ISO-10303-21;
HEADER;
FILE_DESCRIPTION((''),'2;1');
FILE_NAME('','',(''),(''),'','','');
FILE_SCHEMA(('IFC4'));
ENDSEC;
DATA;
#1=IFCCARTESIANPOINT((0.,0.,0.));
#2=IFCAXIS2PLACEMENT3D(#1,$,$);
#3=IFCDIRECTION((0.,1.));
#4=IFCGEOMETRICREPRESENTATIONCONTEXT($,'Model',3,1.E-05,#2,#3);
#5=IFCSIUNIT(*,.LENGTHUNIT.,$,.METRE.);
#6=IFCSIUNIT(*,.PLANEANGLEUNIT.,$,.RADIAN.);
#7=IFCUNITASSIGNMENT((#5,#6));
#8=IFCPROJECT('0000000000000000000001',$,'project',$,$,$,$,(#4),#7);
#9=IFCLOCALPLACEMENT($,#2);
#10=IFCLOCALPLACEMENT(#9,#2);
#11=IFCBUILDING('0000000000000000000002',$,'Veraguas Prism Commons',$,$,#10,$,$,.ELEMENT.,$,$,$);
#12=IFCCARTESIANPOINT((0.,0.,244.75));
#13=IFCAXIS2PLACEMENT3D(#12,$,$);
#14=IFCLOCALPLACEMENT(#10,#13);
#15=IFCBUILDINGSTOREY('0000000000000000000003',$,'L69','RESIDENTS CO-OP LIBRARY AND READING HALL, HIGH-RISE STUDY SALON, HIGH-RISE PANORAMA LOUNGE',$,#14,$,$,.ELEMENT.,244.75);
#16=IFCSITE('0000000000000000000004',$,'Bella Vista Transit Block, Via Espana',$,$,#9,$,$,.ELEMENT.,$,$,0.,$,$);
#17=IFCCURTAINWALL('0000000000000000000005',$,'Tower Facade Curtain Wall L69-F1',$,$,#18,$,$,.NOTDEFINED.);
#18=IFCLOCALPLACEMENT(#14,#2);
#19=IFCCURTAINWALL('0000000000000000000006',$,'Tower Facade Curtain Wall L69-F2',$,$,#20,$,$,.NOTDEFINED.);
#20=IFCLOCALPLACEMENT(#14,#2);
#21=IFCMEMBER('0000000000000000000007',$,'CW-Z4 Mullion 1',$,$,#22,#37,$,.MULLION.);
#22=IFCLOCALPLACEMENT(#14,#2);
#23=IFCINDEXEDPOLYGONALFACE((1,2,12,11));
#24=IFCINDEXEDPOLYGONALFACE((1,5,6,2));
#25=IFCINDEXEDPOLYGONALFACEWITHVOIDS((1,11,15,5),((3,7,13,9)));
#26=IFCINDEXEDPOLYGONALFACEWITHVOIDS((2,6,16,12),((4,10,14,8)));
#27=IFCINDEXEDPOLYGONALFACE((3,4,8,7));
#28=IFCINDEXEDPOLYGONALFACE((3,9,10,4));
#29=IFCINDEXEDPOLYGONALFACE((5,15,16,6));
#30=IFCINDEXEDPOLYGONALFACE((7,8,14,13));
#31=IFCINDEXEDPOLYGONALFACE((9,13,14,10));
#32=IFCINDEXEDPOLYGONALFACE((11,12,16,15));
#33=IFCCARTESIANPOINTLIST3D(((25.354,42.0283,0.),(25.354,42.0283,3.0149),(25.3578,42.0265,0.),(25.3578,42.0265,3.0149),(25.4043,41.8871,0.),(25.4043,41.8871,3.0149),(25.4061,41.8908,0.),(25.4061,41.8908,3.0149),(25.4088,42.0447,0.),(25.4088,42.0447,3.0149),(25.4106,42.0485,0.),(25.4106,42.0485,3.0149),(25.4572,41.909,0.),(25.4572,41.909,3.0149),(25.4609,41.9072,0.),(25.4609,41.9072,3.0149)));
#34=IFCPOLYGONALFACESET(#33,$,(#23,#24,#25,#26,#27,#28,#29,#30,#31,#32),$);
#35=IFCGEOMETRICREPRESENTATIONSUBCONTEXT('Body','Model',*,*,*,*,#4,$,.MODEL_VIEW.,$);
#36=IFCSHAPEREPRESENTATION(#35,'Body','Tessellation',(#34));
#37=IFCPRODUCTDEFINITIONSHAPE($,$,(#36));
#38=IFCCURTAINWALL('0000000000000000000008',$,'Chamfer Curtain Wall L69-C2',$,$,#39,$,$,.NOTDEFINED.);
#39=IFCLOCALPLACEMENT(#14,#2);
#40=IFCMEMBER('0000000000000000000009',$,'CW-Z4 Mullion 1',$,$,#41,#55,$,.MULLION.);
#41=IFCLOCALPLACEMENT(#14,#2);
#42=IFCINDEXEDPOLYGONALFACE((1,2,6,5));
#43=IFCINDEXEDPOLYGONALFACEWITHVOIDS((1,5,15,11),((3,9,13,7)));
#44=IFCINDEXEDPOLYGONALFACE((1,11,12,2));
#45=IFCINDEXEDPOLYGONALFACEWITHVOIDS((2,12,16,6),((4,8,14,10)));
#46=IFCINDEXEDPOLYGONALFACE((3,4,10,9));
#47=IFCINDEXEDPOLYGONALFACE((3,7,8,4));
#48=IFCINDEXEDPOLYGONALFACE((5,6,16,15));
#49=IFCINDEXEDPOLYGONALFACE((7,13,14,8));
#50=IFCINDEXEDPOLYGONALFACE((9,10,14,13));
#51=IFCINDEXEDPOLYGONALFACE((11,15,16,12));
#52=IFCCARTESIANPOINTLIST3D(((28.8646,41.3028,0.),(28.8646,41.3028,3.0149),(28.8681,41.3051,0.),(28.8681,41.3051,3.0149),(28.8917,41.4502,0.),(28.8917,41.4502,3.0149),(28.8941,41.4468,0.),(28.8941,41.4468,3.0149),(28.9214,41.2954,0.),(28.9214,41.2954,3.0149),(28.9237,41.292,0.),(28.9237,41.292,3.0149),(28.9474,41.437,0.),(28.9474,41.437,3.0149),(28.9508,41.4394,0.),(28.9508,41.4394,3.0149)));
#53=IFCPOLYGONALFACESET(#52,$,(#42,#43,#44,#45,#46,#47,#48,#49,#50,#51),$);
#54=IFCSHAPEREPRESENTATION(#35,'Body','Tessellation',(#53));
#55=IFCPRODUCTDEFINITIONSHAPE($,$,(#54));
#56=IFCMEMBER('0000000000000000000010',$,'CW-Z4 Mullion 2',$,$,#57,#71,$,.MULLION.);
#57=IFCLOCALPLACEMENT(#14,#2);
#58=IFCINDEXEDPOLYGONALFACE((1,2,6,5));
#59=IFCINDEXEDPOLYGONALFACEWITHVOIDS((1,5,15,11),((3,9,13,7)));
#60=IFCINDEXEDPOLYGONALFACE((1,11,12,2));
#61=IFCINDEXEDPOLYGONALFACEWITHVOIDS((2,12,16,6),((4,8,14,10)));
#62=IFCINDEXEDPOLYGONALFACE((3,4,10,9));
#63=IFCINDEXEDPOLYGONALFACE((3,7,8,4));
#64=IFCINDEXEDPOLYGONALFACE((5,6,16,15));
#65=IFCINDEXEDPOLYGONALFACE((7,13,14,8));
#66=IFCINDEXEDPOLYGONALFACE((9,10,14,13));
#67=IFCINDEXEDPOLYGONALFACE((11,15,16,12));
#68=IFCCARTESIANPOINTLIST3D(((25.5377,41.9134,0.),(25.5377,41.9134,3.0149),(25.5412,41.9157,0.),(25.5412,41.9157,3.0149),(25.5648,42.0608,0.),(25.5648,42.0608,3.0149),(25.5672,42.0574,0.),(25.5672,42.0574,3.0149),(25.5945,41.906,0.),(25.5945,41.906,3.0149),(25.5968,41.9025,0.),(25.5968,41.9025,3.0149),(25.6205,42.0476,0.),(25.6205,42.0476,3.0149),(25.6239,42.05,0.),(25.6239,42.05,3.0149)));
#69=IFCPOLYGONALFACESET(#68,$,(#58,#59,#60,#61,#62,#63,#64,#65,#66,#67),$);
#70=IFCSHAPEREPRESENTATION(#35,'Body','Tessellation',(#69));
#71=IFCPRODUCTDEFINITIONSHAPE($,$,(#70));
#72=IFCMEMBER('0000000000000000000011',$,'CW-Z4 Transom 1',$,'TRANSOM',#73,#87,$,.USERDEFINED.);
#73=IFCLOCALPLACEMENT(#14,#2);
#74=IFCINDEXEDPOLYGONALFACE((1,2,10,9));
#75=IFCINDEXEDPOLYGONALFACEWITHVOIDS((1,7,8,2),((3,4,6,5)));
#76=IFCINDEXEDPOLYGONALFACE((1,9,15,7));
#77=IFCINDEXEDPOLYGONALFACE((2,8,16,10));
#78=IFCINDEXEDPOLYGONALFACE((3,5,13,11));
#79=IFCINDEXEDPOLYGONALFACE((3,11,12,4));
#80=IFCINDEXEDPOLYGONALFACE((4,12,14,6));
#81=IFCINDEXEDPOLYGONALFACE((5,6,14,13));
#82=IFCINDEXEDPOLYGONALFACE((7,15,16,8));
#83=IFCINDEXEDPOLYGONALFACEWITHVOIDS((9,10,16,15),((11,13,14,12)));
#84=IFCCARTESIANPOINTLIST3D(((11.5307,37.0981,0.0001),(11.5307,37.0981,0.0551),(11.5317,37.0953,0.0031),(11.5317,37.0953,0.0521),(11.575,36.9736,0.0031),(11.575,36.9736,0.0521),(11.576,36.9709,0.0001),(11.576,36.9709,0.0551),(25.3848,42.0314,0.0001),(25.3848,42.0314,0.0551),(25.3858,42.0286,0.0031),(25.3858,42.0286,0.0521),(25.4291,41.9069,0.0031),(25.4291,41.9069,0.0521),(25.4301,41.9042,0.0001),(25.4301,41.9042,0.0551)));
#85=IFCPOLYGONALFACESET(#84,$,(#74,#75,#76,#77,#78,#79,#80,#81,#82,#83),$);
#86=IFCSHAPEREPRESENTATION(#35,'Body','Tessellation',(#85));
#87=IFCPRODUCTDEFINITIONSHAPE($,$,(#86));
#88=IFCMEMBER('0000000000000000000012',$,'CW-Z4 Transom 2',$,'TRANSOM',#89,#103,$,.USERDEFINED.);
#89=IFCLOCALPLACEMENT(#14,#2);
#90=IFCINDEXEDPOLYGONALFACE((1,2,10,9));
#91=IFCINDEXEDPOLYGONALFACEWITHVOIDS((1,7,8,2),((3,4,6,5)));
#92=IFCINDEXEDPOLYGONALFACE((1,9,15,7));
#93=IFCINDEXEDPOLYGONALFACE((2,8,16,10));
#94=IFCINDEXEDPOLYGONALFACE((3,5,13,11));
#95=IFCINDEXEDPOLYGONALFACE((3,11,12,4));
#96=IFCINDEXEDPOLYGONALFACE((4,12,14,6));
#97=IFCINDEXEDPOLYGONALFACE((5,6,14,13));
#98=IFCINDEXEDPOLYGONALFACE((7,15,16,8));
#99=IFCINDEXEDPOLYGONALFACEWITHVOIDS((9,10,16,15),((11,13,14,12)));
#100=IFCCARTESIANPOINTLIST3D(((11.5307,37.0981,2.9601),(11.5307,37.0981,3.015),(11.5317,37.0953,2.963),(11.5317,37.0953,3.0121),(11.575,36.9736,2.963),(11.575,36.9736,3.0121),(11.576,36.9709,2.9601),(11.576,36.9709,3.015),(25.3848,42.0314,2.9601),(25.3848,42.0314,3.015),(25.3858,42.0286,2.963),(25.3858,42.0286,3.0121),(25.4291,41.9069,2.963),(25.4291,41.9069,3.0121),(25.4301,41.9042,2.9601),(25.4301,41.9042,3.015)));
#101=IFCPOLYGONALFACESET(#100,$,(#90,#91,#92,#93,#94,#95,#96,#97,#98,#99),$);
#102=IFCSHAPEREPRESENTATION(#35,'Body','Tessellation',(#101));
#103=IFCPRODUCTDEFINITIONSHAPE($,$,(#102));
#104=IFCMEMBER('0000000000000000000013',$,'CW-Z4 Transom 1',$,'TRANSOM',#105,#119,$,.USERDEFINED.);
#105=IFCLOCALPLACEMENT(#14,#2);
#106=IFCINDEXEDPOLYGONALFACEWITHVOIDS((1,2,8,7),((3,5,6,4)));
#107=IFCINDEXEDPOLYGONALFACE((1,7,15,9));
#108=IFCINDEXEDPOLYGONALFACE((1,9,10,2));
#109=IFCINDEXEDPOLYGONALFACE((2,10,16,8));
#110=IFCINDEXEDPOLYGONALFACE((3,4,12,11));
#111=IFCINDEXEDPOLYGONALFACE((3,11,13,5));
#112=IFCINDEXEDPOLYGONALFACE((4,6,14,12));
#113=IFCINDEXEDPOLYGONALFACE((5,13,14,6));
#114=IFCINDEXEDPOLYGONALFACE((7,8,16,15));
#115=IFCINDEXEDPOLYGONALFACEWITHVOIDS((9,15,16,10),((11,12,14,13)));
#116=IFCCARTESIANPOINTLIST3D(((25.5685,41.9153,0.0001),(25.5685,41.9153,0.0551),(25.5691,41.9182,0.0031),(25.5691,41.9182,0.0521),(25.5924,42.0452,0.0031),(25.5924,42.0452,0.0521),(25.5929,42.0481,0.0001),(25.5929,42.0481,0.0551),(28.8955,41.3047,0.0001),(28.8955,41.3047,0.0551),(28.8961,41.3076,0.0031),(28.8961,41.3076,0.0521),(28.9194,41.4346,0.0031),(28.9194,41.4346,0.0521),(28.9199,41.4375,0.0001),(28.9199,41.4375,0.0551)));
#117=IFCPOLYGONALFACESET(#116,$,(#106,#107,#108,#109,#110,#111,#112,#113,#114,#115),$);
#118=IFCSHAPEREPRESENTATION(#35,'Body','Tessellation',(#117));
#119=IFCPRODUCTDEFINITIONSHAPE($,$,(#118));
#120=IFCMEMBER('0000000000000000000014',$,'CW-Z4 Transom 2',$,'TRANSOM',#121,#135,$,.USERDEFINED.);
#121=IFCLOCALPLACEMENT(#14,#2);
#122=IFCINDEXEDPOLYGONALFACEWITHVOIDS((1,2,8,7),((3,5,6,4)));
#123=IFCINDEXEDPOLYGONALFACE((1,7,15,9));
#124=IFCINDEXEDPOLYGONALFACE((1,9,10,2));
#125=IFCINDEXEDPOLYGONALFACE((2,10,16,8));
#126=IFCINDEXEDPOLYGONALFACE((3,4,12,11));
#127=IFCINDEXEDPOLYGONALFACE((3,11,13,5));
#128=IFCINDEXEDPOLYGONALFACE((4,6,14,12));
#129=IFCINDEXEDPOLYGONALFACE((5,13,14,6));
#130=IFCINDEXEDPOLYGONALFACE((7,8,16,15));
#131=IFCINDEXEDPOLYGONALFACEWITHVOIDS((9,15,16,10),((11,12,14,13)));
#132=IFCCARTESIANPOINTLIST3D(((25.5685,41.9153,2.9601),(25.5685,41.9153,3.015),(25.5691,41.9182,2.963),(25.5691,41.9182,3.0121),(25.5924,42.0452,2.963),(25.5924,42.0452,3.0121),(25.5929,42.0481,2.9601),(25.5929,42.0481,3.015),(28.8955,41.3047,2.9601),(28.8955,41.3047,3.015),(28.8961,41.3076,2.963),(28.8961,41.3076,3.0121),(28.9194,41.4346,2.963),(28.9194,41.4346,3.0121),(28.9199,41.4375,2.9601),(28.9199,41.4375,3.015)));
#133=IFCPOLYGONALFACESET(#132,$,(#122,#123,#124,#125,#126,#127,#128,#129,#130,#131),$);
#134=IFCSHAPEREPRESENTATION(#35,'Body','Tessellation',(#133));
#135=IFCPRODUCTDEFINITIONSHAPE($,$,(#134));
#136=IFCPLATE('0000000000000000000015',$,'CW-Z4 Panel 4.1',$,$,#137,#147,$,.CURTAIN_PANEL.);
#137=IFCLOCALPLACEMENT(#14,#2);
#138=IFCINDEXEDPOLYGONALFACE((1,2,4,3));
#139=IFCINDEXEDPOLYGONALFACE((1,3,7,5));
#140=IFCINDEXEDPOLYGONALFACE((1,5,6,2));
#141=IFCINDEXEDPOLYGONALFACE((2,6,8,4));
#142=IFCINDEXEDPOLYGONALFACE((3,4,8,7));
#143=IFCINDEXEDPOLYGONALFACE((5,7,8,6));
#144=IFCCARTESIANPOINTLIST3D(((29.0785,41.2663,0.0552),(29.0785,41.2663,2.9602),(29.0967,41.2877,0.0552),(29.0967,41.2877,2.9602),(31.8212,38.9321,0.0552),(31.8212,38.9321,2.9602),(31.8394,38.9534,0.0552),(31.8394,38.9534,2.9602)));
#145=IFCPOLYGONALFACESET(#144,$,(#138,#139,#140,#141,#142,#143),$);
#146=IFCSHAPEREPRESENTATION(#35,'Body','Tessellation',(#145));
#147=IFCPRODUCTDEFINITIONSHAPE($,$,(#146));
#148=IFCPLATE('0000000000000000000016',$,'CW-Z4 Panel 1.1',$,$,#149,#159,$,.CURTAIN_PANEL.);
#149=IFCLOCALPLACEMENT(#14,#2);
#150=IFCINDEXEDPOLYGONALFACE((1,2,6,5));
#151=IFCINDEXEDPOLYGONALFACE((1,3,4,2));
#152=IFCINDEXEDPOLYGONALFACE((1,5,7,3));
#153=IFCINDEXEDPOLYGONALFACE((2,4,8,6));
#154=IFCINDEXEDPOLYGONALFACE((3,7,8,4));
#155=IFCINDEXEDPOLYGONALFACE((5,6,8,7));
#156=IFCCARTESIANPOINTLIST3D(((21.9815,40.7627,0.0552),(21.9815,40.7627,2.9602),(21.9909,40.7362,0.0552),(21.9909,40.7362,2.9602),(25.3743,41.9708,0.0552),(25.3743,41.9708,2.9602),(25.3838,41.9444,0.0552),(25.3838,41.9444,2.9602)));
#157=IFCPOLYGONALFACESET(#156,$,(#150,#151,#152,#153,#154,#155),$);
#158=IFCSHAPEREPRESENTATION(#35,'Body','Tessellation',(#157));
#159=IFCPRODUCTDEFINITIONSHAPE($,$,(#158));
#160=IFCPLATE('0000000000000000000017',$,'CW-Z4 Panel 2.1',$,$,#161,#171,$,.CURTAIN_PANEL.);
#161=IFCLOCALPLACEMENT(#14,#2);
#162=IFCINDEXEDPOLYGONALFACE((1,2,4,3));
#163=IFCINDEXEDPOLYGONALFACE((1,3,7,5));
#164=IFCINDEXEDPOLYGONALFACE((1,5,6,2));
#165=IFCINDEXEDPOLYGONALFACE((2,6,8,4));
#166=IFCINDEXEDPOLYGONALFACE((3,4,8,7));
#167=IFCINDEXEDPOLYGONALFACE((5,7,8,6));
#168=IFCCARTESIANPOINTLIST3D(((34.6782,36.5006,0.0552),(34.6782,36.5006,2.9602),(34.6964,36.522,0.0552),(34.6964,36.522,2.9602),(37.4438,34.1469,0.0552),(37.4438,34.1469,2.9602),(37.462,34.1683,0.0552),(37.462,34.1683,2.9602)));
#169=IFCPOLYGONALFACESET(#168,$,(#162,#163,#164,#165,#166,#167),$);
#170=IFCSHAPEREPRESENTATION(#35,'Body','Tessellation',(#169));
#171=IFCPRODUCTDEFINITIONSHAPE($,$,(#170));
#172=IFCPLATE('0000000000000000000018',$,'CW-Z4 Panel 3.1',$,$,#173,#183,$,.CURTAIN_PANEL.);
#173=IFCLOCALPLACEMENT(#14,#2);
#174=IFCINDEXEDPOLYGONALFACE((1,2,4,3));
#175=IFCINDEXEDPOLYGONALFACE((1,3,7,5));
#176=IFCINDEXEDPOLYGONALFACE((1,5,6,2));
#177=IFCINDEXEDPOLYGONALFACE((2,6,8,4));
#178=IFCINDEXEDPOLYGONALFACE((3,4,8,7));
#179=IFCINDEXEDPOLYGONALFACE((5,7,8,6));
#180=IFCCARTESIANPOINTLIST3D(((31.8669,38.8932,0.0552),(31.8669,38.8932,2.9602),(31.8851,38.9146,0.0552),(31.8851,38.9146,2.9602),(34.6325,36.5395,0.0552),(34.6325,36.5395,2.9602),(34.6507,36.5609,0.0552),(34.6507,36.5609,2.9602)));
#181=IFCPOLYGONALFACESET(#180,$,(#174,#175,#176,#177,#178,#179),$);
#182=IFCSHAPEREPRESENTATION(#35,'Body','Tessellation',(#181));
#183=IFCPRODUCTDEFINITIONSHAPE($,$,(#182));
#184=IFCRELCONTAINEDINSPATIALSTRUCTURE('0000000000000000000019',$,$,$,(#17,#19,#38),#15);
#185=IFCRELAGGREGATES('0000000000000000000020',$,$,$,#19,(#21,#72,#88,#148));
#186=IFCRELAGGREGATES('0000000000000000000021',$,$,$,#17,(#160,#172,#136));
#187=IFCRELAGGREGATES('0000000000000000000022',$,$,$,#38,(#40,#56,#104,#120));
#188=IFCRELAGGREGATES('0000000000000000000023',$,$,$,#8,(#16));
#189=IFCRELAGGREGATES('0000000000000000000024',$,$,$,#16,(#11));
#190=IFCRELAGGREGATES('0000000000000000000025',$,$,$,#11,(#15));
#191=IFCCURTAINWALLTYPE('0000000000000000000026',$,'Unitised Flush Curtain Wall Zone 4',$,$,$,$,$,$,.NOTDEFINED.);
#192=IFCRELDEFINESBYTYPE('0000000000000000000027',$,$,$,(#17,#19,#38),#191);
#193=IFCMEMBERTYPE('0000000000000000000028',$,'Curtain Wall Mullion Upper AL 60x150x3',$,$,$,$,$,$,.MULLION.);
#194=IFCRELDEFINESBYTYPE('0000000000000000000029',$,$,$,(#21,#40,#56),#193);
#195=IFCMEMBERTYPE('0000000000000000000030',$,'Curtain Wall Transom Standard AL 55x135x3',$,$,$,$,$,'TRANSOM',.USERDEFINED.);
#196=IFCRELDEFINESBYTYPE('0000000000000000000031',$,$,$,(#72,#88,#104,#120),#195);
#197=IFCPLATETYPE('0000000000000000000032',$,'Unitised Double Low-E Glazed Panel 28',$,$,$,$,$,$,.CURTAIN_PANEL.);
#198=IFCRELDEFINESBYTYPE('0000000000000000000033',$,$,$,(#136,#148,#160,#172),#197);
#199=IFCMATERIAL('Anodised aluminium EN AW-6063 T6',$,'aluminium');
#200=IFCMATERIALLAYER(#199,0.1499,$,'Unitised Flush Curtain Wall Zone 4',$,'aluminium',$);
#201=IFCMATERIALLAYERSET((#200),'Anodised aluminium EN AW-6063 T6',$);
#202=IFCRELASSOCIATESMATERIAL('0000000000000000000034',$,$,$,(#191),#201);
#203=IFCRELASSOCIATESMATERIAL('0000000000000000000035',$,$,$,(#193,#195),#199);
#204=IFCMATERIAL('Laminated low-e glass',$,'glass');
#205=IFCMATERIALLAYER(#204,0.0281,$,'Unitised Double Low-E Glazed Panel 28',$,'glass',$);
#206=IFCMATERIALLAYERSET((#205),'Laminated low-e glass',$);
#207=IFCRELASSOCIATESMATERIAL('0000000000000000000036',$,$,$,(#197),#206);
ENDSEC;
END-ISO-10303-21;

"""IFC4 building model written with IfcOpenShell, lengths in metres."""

from ifc_helpers import new_model, si_unit, direction, frame, origin, origin_2d, place, context, subcontext, project, spatial, rectangle, hollow_rectangle, extrude, source, transform, mapped, material, layer, layer_set, material_profile, profile_set, type_object, element, aggregate, save


model = new_model("IFC4")

# Units and contexts
model_context = context("Model", 3, precision=1e-05, world=origin(), true_north=direction((0.0, 1.0)))
body_context = subcontext(model_context, "Body", "Model", "MODEL_VIEW")
ifc_project = project(units=[si_unit("LENGTHUNIT", "METRE"), si_unit("PLANEANGLEUNIT", "RADIAN")], contexts=[model_context])

# Site, building, storey
site_placement = place(None, origin())
site = spatial("IfcSite", under=ifc_project, at=site_placement, Name="Bella Vista Transit Block, Via Espana", CompositionType="ELEMENT", RefElevation=0.0)
building_placement = place(site_placement, origin())
building = spatial("IfcBuilding", under=site, at=building_placement, Name="Veraguas Prism Commons", CompositionType="ELEMENT")
storey_placement = place(building_placement, frame((0.0, 0.0, 244.75)))
storey = spatial("IfcBuildingStorey", under=building, at=storey_placement, Name="L69", Description="RESIDENTS CO-OP LIBRARY AND READING HALL, HIGH-RISE STUDY SALON, HIGH-RISE PANORAMA LOUNGE", CompositionType="ELEMENT", Elevation=244.75)

# Curtain wall
ifc_material_1 = material(Name="Anodised aluminium EN AW-6063 T6", Category="aluminium")
ifc_layer_1 = layer(ifc_material_1, 0.1499, Name="Unitised Flush Curtain Wall Zone 4", Category="aluminium")
ifc_layer_set_1 = layer_set([ifc_layer_1], Name="Anodised aluminium EN AW-6063 T6")
curtain_wall_type = type_object("IfcCurtainWallType", Name="Unitised Flush Curtain Wall Zone 4", PredefinedType="NOTDEFINED", material=ifc_layer_set_1)
curtain_wall_1_placement = place(storey_placement, origin())
curtain_wall_1 = element("IfcCurtainWall", 1, at=curtain_wall_1_placement, inside=storey, type_object=curtain_wall_type, Name="Tower Facade Curtain Wall L69-F1", PredefinedType="NOTDEFINED")
ifc_material_profile_1 = material_profile(ifc_material_1, hollow_rectangle(XDim=0.0601, YDim=0.1499, WallThickness=0.0029, at=origin_2d()), Name="AL60X150X3")
ifc_profile_set_1 = profile_set([ifc_material_profile_1], Name="Anodised aluminium EN AW-6063 T6")
member_type_1 = type_object("IfcMemberType", Name="Curtain Wall Mullion Upper AL 60x150x3", PredefinedType="MULLION", material=ifc_profile_set_1)
shared_shape_1 = source(origin(), body_context, "Body", "SweptSolid", [
    extrude(hollow_rectangle(XDim=0.0601, YDim=0.1499, WallThickness=0.0029, at=origin_2d()), origin(), (0.0, 0.0, 1.0), 3.0149),
])

# Curtain wall, member
curtain_wall_2_placement = place(storey_placement, origin())
curtain_wall_2 = element("IfcCurtainWall", 2, at=curtain_wall_2_placement, inside=storey, type_object=curtain_wall_type, Name="Tower Facade Curtain Wall L69-F2", PredefinedType="NOTDEFINED")
member_1_placement = place(storey_placement, frame((25.4075, 41.9678, 0.0), z_axis=(0.0, 0.0, 1.0), x_axis=(-0.942056, -0.335457, 0.0)))
member_1 = element("IfcMember", 3, at=member_1_placement, type_object=member_type_1, Name="CW-Z4 Mullion 1", PredefinedType="MULLION", context=body_context, shape_type="MappedRepresentation", body=[
    mapped(shared_shape_1, transform((0.0, 0.0, 0.0), scale=1.0)),
])

# Curtain wall, members
curtain_wall_3_placement = place(storey_placement, origin())
curtain_wall_3 = element("IfcCurtainWall", 4, at=curtain_wall_3_placement, inside=storey, type_object=curtain_wall_type, Name="Chamfer Curtain Wall L69-C2", PredefinedType="NOTDEFINED")
member_2_placement = place(storey_placement, frame((28.9077, 41.3711, 0.0), z_axis=(0.0, 0.0, 1.0), x_axis=(-0.983569, 0.180535, 0.0)))
member_2 = element("IfcMember", 5, at=member_2_placement, type_object=member_type_1, Name="CW-Z4 Mullion 1", PredefinedType="MULLION", context=body_context, shape_type="MappedRepresentation", body=[
    mapped(shared_shape_1, transform((0.0, 0.0, 0.0), scale=1.0)),
])
member_3_placement = place(storey_placement, frame((25.5808, 41.9817, 0.0), z_axis=(0.0, 0.0, 1.0), x_axis=(-0.983569, 0.180535, 0.0)))
member_3 = element("IfcMember", 6, at=member_3_placement, type_object=member_type_1, Name="CW-Z4 Mullion 2", PredefinedType="MULLION", context=body_context, shape_type="MappedRepresentation", body=[
    mapped(shared_shape_1, transform((0.0, 0.0, 0.0), scale=1.0)),
])

# Members
ifc_material_profile_2 = material_profile(ifc_material_1, hollow_rectangle(XDim=0.0549, YDim=0.135, WallThickness=0.0029, at=origin_2d()), Name="AL55X135X3")
ifc_profile_set_2 = profile_set([ifc_material_profile_2], Name="Anodised aluminium EN AW-6063 T6")
member_type_2 = type_object("IfcMemberType", Name="Curtain Wall Transom Standard AL 55x135x3", ElementType="TRANSOM", PredefinedType="USERDEFINED", material=ifc_profile_set_2)
shared_shape_2 = source(origin(), body_context, "Body", "SweptSolid", [
    extrude(hollow_rectangle(XDim=0.0549, YDim=0.135, WallThickness=0.0029, at=origin_2d()), origin(), (0.0, 0.0, 1.0), 14.7063),
])
member_4_placement = place(storey_placement, frame((25.4075, 41.9678, 0.0276), z_axis=(-0.942056, -0.335456, 0.0), x_axis=(0.0, 0.0, 1.0)))
member_4 = element("IfcMember", 7, at=member_4_placement, type_object=member_type_2, Name="CW-Z4 Transom 1", ObjectType="TRANSOM", PredefinedType="USERDEFINED", context=body_context, shape_type="MappedRepresentation", body=[
    mapped(shared_shape_2, transform((0.0, 0.0, 0.0), scale=1.0)),
])
member_5_placement = place(storey_placement, frame((25.4075, 41.9678, 2.9875), z_axis=(-0.942056, -0.335456, 0.0), x_axis=(0.0, 0.0, 1.0)))
member_5 = element("IfcMember", 8, at=member_5_placement, type_object=member_type_2, Name="CW-Z4 Transom 2", ObjectType="TRANSOM", PredefinedType="USERDEFINED", context=body_context, shape_type="MappedRepresentation", body=[
    mapped(shared_shape_2, transform((0.0, 0.0, 0.0), scale=1.0)),
])
shared_shape_3 = source(origin(), body_context, "Body", "SweptSolid", [
    extrude(hollow_rectangle(XDim=0.0549, YDim=0.135, WallThickness=0.0029, at=origin_2d()), origin(), (0.0, 0.0, 1.0), 3.3826),
])
member_6_placement = place(storey_placement, frame((28.9077, 41.3711, 0.0276), z_axis=(-0.983572, 0.180518, 0.0), x_axis=(0.0, 0.0, 1.0)))
member_6 = element("IfcMember", 9, at=member_6_placement, type_object=member_type_2, Name="CW-Z4 Transom 1", ObjectType="TRANSOM", PredefinedType="USERDEFINED", context=body_context, shape_type="MappedRepresentation", body=[
    mapped(shared_shape_3, transform((0.0, 0.0, 0.0), scale=1.0)),
])
member_7_placement = place(storey_placement, frame((28.9077, 41.3711, 2.9875), z_axis=(-0.983572, 0.180518, 0.0), x_axis=(0.0, 0.0, 1.0)))
member_7 = element("IfcMember", 10, at=member_7_placement, type_object=member_type_2, Name="CW-Z4 Transom 2", ObjectType="TRANSOM", PredefinedType="USERDEFINED", context=body_context, shape_type="MappedRepresentation", body=[
    mapped(shared_shape_3, transform((0.0, 0.0, 0.0), scale=1.0)),
])

# Plates
ifc_material_2 = material(Name="Laminated low-e glass", Category="glass")
ifc_layer_2 = layer(ifc_material_2, 0.0281, Name="Unitised Double Low-E Glazed Panel 28", Category="glass")
ifc_layer_set_2 = layer_set([ifc_layer_2], Name="Laminated low-e glass")
plate_type = type_object("IfcPlateType", Name="Unitised Double Low-E Glazed Panel 28", PredefinedType="CURTAIN_PANEL", material=ifc_layer_set_2)
shared_shape_4 = source(origin(), body_context, "Body", "SweptSolid", [
    extrude(rectangle(XDim=3.6016, YDim=0.0281, at=origin_2d()), origin(), (0.0, 0.0, 1.0), 2.905),
])
plate_1_placement = place(storey_placement, frame((30.459, 40.1099, 0.0552), z_axis=(0.0, 0.0, 1.0), x_axis=(-0.761538, 0.64812, 0.0)))
plate_1 = element("IfcPlate", 11, at=plate_1_placement, type_object=plate_type, Name="CW-Z4 Panel 4.1", PredefinedType="CURTAIN_PANEL", context=body_context, shape_type="MappedRepresentation", body=[
    mapped(shared_shape_4, transform((0.0, 0.0, 0.0), scale=1.0)),
])
plate_2_placement = place(storey_placement, frame((23.6826, 41.3535, 0.0552), z_axis=(0.0, 0.0, 1.0), x_axis=(-0.942056, -0.335457, 0.0)))
plate_2 = element("IfcPlate", 12, at=plate_2_placement, type_object=plate_type, Name="CW-Z4 Panel 1.1", PredefinedType="CURTAIN_PANEL", context=body_context, shape_type="MappedRepresentation", body=[
    mapped(shared_shape_4, transform((0.0, 0.0, 0.0), scale=1.0)),
])
aggregate(curtain_wall_2, [member_1, member_4, member_5, plate_2])
shared_shape_5 = source(origin(), body_context, "Body", "SweptSolid", [
    extrude(rectangle(XDim=3.6316, YDim=0.0281, at=origin_2d()), origin(), (0.0, 0.0, 1.0), 2.905),
])
plate_3_placement = place(storey_placement, frame((36.0701, 35.3345, 0.0552), z_axis=(0.0, 0.0, 1.0), x_axis=(-0.761538, 0.64812, 0.0)))
plate_3 = element("IfcPlate", 13, at=plate_3_placement, type_object=plate_type, Name="CW-Z4 Panel 2.1", PredefinedType="CURTAIN_PANEL", context=body_context, shape_type="MappedRepresentation", body=[
    mapped(shared_shape_5, transform((0.0, 0.0, 0.0), scale=1.0)),
])
plate_4_placement = place(storey_placement, frame((33.2588, 37.7271, 0.0552), z_axis=(0.0, 0.0, 1.0), x_axis=(-0.761538, 0.64812, 0.0)))
plate_4 = element("IfcPlate", 14, at=plate_4_placement, type_object=plate_type, Name="CW-Z4 Panel 3.1", PredefinedType="CURTAIN_PANEL", context=body_context, shape_type="MappedRepresentation", body=[
    mapped(shared_shape_5, transform((0.0, 0.0, 0.0), scale=1.0)),
])
aggregate(curtain_wall_1, [plate_3, plate_4, plate_1])
aggregate(curtain_wall_3, [member_2, member_3, member_6, member_7])

save(model, "model.ifc")
